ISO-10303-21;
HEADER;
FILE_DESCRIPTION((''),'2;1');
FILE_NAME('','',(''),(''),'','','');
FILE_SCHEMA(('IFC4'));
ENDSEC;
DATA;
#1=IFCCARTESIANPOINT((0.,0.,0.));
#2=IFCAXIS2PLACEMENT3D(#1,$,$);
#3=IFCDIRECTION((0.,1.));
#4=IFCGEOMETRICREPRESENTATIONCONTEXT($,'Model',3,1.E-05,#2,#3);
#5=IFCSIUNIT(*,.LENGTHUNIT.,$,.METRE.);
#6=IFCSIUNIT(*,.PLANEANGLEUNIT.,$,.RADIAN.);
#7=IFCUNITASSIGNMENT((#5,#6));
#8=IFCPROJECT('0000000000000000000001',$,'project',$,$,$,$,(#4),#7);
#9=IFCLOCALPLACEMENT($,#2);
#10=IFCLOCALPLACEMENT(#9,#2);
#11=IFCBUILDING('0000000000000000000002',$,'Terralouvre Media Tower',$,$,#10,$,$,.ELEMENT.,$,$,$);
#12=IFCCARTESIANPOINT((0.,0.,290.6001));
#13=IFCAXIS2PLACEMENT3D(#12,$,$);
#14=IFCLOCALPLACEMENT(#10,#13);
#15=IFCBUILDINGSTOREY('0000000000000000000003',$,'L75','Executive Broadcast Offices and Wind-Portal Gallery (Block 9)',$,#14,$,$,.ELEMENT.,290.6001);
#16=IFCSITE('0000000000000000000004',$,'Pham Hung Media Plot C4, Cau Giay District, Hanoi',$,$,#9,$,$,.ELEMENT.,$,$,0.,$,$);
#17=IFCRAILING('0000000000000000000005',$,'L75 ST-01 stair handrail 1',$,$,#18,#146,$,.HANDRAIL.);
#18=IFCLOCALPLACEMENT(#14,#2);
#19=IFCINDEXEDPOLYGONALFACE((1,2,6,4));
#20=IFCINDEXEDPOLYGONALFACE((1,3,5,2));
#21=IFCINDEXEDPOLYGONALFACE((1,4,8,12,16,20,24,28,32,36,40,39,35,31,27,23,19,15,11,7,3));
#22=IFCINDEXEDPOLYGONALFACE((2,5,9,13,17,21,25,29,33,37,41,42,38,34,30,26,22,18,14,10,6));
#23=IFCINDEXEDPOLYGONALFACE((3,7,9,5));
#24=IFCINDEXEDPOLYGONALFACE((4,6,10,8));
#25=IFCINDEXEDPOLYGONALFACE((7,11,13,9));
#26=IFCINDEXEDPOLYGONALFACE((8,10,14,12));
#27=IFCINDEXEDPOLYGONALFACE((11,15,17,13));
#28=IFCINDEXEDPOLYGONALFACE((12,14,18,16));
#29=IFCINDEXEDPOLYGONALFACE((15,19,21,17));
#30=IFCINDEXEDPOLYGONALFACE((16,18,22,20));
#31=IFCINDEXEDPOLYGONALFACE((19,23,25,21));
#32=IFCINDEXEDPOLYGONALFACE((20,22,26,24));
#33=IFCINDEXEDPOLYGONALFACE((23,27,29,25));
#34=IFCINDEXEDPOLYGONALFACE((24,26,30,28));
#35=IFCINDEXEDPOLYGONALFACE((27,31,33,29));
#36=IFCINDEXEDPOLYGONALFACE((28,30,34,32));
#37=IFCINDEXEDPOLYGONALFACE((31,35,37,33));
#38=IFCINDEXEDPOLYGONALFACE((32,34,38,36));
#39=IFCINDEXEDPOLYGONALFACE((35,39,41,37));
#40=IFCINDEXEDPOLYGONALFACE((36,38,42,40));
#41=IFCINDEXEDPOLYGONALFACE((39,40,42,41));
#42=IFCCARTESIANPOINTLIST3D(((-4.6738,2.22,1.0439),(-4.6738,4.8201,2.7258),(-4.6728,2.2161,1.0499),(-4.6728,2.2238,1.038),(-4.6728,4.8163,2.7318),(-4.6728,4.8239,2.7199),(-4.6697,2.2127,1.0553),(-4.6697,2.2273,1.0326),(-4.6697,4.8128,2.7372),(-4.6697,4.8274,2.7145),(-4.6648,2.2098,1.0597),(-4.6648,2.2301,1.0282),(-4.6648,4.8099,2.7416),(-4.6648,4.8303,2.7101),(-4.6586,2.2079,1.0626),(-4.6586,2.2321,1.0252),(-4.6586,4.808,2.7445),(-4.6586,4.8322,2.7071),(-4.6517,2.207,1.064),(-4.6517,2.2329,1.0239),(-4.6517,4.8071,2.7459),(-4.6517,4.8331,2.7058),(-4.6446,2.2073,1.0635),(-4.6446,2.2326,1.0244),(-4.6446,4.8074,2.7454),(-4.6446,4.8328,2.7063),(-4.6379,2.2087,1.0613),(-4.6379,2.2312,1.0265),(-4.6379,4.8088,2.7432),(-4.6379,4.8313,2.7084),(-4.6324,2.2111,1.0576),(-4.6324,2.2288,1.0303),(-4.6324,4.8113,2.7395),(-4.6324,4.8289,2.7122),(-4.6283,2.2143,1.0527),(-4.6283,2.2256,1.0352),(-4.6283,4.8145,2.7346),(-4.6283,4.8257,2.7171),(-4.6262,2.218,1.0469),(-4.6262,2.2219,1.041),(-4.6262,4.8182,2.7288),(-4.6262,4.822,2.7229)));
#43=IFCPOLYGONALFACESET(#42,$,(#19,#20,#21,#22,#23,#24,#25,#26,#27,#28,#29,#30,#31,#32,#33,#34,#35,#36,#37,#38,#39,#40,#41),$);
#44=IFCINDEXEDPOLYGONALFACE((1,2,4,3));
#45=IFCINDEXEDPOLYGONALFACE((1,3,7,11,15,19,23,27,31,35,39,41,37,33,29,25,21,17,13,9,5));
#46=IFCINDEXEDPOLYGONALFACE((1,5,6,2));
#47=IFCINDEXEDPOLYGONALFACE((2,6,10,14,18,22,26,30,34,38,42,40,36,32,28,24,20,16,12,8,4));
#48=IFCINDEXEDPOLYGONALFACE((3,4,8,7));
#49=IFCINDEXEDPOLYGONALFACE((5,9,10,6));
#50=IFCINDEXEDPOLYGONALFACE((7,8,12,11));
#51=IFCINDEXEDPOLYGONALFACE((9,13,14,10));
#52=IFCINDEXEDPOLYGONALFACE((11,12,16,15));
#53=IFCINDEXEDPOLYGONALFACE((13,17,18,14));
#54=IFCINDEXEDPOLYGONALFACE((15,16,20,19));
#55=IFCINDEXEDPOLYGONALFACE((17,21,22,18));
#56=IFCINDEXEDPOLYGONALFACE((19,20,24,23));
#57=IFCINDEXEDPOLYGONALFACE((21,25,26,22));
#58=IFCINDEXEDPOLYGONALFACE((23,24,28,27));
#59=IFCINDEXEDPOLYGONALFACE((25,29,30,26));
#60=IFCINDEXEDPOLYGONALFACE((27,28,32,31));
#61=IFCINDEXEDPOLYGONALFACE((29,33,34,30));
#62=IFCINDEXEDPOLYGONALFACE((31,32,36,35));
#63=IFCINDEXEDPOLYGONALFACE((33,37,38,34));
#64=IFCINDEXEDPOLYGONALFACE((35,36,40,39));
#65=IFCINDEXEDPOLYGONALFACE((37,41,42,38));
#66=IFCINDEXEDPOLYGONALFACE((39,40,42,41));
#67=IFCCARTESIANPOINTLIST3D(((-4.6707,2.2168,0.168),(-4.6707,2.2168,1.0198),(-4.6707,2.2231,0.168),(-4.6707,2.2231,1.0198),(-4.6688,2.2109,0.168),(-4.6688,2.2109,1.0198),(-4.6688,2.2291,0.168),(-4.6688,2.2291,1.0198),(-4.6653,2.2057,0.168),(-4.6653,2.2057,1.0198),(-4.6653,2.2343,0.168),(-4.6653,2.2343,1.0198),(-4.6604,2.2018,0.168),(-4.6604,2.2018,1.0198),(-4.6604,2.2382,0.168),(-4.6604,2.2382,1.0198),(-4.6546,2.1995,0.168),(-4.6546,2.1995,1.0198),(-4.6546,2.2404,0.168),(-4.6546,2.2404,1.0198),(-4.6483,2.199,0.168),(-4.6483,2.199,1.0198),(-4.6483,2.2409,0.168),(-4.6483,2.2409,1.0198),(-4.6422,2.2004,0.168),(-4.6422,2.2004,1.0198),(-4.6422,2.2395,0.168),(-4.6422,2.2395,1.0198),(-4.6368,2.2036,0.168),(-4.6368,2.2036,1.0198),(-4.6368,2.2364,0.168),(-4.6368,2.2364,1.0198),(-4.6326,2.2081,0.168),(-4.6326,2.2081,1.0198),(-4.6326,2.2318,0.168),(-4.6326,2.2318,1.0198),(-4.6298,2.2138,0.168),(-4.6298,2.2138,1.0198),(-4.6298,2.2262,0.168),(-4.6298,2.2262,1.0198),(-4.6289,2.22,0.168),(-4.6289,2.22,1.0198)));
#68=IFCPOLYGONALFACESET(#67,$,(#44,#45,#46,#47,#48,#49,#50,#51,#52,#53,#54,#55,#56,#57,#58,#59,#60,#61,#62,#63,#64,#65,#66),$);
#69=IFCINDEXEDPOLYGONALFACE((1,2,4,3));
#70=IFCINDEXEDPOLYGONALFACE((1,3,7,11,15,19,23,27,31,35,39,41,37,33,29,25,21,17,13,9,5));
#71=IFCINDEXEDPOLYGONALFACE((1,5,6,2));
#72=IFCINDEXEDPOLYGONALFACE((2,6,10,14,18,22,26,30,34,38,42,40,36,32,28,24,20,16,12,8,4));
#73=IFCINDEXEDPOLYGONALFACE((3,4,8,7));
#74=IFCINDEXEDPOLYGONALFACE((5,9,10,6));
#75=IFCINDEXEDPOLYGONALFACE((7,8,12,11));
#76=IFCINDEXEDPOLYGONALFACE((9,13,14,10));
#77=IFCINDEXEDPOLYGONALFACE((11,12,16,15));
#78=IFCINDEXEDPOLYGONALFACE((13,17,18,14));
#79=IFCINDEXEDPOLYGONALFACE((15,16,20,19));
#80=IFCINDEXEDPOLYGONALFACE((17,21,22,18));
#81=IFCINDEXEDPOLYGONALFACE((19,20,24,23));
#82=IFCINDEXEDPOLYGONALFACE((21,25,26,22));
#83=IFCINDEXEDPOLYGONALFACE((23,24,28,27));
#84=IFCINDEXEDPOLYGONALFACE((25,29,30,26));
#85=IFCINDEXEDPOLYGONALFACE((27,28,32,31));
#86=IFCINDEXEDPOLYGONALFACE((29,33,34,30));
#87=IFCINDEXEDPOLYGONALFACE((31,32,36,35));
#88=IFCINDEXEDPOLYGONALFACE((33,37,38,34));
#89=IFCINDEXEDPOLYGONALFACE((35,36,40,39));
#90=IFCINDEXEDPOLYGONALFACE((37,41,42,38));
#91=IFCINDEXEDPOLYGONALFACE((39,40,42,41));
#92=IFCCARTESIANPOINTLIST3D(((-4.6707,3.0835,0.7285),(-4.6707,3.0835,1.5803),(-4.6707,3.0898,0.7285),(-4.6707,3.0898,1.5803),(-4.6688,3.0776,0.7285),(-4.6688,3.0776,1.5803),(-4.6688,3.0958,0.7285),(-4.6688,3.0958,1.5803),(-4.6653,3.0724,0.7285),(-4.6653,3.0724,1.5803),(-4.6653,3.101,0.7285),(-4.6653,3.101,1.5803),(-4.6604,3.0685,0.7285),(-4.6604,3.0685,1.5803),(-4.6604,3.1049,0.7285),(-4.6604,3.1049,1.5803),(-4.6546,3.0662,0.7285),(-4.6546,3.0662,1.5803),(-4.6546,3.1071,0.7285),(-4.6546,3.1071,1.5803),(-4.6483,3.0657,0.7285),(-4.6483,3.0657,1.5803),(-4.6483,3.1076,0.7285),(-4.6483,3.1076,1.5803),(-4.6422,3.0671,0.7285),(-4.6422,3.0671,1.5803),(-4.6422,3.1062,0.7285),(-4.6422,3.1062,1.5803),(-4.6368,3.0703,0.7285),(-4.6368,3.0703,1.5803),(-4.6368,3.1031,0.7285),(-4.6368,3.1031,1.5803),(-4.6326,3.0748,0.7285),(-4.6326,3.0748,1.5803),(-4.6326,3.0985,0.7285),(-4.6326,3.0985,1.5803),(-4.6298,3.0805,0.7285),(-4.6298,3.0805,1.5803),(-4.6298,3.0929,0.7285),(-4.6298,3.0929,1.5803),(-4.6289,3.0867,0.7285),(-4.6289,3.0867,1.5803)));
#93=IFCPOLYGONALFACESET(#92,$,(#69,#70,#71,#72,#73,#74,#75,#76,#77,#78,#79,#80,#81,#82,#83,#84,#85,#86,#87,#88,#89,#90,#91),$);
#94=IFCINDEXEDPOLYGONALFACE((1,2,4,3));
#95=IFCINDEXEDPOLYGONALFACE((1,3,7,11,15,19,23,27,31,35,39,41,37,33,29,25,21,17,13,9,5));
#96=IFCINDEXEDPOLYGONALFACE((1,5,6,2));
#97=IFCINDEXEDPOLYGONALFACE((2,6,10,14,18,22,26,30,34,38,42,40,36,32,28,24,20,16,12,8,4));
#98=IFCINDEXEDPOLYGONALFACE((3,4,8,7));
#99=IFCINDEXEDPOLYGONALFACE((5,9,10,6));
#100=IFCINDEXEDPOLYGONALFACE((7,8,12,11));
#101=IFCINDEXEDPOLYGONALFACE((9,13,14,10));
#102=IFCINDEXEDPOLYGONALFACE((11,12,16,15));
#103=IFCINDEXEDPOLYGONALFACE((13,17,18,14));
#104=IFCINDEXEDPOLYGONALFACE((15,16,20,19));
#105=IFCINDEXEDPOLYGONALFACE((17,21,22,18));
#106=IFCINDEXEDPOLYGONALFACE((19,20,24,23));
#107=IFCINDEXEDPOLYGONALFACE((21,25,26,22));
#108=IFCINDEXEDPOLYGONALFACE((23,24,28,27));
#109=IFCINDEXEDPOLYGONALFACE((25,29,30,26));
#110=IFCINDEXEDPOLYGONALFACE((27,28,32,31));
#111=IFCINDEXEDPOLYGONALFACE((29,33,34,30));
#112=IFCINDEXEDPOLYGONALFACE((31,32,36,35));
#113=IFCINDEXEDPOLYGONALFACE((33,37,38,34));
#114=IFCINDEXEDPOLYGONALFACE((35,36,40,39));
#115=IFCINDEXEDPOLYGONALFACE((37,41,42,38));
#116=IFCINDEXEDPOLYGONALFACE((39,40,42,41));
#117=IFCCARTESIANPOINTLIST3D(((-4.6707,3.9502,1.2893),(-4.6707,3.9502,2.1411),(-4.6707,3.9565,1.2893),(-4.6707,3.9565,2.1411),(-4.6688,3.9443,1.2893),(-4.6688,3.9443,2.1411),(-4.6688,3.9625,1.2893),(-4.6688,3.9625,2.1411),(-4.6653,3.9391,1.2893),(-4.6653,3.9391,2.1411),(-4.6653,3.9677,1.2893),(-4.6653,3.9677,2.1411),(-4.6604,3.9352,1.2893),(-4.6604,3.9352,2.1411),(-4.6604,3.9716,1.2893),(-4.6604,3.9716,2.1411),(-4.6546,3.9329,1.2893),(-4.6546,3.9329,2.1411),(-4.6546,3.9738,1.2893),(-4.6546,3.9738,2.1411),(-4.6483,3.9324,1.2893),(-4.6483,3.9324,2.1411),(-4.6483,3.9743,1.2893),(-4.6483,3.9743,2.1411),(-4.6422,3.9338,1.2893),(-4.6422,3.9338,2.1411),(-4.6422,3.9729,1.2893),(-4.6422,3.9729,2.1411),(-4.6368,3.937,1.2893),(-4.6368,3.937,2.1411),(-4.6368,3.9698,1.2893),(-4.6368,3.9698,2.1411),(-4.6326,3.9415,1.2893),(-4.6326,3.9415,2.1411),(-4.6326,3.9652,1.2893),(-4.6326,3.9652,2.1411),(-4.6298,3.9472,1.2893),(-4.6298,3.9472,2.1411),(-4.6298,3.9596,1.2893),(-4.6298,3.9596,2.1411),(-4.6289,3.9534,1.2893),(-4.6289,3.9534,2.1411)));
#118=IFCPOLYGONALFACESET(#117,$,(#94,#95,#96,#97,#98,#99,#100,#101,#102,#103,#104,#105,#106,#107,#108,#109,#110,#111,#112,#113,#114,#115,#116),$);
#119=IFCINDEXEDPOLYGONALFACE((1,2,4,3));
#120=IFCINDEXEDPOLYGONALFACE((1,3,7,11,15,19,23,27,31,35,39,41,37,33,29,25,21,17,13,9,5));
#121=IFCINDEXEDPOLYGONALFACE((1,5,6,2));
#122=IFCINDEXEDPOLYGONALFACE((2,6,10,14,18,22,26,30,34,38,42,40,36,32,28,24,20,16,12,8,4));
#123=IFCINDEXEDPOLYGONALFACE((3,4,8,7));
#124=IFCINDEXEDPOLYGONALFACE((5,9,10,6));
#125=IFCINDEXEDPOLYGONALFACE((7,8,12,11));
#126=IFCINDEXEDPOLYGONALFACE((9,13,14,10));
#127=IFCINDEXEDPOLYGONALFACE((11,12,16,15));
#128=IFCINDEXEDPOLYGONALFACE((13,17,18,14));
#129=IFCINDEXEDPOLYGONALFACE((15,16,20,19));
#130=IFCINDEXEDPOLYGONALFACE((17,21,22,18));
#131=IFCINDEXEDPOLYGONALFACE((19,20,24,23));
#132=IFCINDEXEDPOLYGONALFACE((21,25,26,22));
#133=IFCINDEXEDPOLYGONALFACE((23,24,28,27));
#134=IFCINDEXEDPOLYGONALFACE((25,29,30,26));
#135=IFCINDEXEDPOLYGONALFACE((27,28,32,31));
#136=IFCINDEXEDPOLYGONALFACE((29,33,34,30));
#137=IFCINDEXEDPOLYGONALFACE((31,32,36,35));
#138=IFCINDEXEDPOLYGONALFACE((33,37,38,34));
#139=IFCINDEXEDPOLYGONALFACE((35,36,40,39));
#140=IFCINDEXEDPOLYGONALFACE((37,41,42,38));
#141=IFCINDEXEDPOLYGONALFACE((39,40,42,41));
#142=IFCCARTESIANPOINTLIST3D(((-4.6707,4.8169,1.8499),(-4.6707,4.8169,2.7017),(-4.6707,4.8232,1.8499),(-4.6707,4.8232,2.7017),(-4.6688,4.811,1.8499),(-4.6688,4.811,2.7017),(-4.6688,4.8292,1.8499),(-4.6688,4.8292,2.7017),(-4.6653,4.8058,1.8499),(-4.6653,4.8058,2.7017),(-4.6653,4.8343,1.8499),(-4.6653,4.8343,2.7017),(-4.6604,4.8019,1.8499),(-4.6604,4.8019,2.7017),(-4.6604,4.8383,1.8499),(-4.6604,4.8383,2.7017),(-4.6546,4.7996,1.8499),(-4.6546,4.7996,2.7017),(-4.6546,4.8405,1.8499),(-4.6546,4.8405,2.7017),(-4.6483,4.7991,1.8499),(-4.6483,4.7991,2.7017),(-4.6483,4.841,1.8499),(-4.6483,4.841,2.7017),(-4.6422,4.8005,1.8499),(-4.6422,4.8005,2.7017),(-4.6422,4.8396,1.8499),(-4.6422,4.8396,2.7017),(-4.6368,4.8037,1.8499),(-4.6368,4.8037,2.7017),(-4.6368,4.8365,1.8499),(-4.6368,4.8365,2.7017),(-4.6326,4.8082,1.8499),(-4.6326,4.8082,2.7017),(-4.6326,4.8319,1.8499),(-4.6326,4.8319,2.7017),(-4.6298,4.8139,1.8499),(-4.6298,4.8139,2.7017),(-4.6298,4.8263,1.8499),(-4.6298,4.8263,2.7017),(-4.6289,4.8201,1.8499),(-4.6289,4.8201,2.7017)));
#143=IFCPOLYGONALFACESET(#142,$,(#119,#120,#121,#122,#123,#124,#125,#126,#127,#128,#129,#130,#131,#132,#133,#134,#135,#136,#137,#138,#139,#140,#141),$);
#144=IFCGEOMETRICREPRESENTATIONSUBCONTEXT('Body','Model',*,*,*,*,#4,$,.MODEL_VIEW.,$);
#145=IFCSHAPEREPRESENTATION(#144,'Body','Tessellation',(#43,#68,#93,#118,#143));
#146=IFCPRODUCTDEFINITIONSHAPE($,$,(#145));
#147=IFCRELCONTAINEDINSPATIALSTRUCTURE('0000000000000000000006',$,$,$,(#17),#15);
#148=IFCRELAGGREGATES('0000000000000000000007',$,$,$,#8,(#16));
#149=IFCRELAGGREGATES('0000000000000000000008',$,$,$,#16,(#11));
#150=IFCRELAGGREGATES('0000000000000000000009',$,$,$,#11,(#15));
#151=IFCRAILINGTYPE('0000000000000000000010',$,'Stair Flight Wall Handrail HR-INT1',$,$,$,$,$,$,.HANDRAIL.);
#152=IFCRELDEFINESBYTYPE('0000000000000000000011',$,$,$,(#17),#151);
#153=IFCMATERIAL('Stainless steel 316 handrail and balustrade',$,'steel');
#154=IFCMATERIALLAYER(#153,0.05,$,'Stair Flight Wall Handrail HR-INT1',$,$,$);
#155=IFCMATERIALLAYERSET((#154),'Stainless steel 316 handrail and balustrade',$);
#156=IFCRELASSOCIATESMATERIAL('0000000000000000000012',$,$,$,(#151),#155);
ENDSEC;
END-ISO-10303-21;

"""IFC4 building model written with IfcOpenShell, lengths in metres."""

from ifc_helpers import new_model, si_unit, direction, frame, origin, origin_2d, place, context, subcontext, project, spatial, circle, extrude, material, layer, layer_set, type_object, element, save


model = new_model("IFC4")

# Units and contexts
model_context = context("Model", 3, precision=1e-05, world=origin(), true_north=direction((0.0, 1.0)))
body_context = subcontext(model_context, "Body", "Model", "MODEL_VIEW")
ifc_project = project(units=[si_unit("LENGTHUNIT", "METRE"), si_unit("PLANEANGLEUNIT", "RADIAN")], contexts=[model_context])

# Site, building, storey
site_placement = place(None, origin())
site = spatial("IfcSite", under=ifc_project, at=site_placement, Name="Pham Hung Media Plot C4, Cau Giay District, Hanoi", CompositionType="ELEMENT", RefElevation=0.0)
building_placement = place(site_placement, origin())
building = spatial("IfcBuilding", under=site, at=building_placement, Name="Terralouvre Media Tower", CompositionType="ELEMENT")
storey_placement = place(building_placement, frame((0.0, 0.0, 290.6001)))
storey = spatial("IfcBuildingStorey", under=building, at=storey_placement, Name="L75", Description="Executive Broadcast Offices and Wind-Portal Gallery (Block 9)", CompositionType="ELEMENT", Elevation=290.6001)

# Railing
ifc_material_1 = material(Name="Stainless steel 316 handrail and balustrade", Category="steel")
ifc_layer_1 = layer(ifc_material_1, 0.05, Name="Stair Flight Wall Handrail HR-INT1")
ifc_layer_set_1 = layer_set([ifc_layer_1], Name="Stainless steel 316 handrail and balustrade")
railing_type_1 = type_object("IfcRailingType", Name="Stair Flight Wall Handrail HR-INT1", PredefinedType="HANDRAIL", material=ifc_layer_set_1)
railing_1_placement = place(storey_placement, frame((-4.6499, 2.22, 0.168)))
element("IfcRailing", 1, at=railing_1_placement, inside=storey, type_object=railing_type_1, Name="L75 ST-01 stair handrail 1", PredefinedType="HANDRAIL", context=body_context, shape_type="SweptSolid", body=[
    extrude(circle(Radius=0.0239, at=origin_2d()), frame((0.0, 0.0, 0.876), z_axis=(0.0, 0.839648, 0.54313), x_axis=(-1.0, 0.0, 0.0)), (0.0, 0.0, 1.0), 3.0967),
    extrude(circle(Radius=0.021, at=origin_2d()), origin(), (0.0, 0.0, 1.0), 0.8518),
    extrude(circle(Radius=0.021, at=origin_2d()), frame((0.0, 0.8667, 0.5605)), (0.0, 0.0, 1.0), 0.8518),
    extrude(circle(Radius=0.021, at=origin_2d()), frame((0.0, 1.7334, 1.1213)), (0.0, 0.0, 1.0), 0.8518),
    extrude(circle(Radius=0.021, at=origin_2d()), frame((0.0, 2.6001, 1.6819)), (0.0, 0.0, 1.0), 0.8518),
])

save(model, "model.ifc")
